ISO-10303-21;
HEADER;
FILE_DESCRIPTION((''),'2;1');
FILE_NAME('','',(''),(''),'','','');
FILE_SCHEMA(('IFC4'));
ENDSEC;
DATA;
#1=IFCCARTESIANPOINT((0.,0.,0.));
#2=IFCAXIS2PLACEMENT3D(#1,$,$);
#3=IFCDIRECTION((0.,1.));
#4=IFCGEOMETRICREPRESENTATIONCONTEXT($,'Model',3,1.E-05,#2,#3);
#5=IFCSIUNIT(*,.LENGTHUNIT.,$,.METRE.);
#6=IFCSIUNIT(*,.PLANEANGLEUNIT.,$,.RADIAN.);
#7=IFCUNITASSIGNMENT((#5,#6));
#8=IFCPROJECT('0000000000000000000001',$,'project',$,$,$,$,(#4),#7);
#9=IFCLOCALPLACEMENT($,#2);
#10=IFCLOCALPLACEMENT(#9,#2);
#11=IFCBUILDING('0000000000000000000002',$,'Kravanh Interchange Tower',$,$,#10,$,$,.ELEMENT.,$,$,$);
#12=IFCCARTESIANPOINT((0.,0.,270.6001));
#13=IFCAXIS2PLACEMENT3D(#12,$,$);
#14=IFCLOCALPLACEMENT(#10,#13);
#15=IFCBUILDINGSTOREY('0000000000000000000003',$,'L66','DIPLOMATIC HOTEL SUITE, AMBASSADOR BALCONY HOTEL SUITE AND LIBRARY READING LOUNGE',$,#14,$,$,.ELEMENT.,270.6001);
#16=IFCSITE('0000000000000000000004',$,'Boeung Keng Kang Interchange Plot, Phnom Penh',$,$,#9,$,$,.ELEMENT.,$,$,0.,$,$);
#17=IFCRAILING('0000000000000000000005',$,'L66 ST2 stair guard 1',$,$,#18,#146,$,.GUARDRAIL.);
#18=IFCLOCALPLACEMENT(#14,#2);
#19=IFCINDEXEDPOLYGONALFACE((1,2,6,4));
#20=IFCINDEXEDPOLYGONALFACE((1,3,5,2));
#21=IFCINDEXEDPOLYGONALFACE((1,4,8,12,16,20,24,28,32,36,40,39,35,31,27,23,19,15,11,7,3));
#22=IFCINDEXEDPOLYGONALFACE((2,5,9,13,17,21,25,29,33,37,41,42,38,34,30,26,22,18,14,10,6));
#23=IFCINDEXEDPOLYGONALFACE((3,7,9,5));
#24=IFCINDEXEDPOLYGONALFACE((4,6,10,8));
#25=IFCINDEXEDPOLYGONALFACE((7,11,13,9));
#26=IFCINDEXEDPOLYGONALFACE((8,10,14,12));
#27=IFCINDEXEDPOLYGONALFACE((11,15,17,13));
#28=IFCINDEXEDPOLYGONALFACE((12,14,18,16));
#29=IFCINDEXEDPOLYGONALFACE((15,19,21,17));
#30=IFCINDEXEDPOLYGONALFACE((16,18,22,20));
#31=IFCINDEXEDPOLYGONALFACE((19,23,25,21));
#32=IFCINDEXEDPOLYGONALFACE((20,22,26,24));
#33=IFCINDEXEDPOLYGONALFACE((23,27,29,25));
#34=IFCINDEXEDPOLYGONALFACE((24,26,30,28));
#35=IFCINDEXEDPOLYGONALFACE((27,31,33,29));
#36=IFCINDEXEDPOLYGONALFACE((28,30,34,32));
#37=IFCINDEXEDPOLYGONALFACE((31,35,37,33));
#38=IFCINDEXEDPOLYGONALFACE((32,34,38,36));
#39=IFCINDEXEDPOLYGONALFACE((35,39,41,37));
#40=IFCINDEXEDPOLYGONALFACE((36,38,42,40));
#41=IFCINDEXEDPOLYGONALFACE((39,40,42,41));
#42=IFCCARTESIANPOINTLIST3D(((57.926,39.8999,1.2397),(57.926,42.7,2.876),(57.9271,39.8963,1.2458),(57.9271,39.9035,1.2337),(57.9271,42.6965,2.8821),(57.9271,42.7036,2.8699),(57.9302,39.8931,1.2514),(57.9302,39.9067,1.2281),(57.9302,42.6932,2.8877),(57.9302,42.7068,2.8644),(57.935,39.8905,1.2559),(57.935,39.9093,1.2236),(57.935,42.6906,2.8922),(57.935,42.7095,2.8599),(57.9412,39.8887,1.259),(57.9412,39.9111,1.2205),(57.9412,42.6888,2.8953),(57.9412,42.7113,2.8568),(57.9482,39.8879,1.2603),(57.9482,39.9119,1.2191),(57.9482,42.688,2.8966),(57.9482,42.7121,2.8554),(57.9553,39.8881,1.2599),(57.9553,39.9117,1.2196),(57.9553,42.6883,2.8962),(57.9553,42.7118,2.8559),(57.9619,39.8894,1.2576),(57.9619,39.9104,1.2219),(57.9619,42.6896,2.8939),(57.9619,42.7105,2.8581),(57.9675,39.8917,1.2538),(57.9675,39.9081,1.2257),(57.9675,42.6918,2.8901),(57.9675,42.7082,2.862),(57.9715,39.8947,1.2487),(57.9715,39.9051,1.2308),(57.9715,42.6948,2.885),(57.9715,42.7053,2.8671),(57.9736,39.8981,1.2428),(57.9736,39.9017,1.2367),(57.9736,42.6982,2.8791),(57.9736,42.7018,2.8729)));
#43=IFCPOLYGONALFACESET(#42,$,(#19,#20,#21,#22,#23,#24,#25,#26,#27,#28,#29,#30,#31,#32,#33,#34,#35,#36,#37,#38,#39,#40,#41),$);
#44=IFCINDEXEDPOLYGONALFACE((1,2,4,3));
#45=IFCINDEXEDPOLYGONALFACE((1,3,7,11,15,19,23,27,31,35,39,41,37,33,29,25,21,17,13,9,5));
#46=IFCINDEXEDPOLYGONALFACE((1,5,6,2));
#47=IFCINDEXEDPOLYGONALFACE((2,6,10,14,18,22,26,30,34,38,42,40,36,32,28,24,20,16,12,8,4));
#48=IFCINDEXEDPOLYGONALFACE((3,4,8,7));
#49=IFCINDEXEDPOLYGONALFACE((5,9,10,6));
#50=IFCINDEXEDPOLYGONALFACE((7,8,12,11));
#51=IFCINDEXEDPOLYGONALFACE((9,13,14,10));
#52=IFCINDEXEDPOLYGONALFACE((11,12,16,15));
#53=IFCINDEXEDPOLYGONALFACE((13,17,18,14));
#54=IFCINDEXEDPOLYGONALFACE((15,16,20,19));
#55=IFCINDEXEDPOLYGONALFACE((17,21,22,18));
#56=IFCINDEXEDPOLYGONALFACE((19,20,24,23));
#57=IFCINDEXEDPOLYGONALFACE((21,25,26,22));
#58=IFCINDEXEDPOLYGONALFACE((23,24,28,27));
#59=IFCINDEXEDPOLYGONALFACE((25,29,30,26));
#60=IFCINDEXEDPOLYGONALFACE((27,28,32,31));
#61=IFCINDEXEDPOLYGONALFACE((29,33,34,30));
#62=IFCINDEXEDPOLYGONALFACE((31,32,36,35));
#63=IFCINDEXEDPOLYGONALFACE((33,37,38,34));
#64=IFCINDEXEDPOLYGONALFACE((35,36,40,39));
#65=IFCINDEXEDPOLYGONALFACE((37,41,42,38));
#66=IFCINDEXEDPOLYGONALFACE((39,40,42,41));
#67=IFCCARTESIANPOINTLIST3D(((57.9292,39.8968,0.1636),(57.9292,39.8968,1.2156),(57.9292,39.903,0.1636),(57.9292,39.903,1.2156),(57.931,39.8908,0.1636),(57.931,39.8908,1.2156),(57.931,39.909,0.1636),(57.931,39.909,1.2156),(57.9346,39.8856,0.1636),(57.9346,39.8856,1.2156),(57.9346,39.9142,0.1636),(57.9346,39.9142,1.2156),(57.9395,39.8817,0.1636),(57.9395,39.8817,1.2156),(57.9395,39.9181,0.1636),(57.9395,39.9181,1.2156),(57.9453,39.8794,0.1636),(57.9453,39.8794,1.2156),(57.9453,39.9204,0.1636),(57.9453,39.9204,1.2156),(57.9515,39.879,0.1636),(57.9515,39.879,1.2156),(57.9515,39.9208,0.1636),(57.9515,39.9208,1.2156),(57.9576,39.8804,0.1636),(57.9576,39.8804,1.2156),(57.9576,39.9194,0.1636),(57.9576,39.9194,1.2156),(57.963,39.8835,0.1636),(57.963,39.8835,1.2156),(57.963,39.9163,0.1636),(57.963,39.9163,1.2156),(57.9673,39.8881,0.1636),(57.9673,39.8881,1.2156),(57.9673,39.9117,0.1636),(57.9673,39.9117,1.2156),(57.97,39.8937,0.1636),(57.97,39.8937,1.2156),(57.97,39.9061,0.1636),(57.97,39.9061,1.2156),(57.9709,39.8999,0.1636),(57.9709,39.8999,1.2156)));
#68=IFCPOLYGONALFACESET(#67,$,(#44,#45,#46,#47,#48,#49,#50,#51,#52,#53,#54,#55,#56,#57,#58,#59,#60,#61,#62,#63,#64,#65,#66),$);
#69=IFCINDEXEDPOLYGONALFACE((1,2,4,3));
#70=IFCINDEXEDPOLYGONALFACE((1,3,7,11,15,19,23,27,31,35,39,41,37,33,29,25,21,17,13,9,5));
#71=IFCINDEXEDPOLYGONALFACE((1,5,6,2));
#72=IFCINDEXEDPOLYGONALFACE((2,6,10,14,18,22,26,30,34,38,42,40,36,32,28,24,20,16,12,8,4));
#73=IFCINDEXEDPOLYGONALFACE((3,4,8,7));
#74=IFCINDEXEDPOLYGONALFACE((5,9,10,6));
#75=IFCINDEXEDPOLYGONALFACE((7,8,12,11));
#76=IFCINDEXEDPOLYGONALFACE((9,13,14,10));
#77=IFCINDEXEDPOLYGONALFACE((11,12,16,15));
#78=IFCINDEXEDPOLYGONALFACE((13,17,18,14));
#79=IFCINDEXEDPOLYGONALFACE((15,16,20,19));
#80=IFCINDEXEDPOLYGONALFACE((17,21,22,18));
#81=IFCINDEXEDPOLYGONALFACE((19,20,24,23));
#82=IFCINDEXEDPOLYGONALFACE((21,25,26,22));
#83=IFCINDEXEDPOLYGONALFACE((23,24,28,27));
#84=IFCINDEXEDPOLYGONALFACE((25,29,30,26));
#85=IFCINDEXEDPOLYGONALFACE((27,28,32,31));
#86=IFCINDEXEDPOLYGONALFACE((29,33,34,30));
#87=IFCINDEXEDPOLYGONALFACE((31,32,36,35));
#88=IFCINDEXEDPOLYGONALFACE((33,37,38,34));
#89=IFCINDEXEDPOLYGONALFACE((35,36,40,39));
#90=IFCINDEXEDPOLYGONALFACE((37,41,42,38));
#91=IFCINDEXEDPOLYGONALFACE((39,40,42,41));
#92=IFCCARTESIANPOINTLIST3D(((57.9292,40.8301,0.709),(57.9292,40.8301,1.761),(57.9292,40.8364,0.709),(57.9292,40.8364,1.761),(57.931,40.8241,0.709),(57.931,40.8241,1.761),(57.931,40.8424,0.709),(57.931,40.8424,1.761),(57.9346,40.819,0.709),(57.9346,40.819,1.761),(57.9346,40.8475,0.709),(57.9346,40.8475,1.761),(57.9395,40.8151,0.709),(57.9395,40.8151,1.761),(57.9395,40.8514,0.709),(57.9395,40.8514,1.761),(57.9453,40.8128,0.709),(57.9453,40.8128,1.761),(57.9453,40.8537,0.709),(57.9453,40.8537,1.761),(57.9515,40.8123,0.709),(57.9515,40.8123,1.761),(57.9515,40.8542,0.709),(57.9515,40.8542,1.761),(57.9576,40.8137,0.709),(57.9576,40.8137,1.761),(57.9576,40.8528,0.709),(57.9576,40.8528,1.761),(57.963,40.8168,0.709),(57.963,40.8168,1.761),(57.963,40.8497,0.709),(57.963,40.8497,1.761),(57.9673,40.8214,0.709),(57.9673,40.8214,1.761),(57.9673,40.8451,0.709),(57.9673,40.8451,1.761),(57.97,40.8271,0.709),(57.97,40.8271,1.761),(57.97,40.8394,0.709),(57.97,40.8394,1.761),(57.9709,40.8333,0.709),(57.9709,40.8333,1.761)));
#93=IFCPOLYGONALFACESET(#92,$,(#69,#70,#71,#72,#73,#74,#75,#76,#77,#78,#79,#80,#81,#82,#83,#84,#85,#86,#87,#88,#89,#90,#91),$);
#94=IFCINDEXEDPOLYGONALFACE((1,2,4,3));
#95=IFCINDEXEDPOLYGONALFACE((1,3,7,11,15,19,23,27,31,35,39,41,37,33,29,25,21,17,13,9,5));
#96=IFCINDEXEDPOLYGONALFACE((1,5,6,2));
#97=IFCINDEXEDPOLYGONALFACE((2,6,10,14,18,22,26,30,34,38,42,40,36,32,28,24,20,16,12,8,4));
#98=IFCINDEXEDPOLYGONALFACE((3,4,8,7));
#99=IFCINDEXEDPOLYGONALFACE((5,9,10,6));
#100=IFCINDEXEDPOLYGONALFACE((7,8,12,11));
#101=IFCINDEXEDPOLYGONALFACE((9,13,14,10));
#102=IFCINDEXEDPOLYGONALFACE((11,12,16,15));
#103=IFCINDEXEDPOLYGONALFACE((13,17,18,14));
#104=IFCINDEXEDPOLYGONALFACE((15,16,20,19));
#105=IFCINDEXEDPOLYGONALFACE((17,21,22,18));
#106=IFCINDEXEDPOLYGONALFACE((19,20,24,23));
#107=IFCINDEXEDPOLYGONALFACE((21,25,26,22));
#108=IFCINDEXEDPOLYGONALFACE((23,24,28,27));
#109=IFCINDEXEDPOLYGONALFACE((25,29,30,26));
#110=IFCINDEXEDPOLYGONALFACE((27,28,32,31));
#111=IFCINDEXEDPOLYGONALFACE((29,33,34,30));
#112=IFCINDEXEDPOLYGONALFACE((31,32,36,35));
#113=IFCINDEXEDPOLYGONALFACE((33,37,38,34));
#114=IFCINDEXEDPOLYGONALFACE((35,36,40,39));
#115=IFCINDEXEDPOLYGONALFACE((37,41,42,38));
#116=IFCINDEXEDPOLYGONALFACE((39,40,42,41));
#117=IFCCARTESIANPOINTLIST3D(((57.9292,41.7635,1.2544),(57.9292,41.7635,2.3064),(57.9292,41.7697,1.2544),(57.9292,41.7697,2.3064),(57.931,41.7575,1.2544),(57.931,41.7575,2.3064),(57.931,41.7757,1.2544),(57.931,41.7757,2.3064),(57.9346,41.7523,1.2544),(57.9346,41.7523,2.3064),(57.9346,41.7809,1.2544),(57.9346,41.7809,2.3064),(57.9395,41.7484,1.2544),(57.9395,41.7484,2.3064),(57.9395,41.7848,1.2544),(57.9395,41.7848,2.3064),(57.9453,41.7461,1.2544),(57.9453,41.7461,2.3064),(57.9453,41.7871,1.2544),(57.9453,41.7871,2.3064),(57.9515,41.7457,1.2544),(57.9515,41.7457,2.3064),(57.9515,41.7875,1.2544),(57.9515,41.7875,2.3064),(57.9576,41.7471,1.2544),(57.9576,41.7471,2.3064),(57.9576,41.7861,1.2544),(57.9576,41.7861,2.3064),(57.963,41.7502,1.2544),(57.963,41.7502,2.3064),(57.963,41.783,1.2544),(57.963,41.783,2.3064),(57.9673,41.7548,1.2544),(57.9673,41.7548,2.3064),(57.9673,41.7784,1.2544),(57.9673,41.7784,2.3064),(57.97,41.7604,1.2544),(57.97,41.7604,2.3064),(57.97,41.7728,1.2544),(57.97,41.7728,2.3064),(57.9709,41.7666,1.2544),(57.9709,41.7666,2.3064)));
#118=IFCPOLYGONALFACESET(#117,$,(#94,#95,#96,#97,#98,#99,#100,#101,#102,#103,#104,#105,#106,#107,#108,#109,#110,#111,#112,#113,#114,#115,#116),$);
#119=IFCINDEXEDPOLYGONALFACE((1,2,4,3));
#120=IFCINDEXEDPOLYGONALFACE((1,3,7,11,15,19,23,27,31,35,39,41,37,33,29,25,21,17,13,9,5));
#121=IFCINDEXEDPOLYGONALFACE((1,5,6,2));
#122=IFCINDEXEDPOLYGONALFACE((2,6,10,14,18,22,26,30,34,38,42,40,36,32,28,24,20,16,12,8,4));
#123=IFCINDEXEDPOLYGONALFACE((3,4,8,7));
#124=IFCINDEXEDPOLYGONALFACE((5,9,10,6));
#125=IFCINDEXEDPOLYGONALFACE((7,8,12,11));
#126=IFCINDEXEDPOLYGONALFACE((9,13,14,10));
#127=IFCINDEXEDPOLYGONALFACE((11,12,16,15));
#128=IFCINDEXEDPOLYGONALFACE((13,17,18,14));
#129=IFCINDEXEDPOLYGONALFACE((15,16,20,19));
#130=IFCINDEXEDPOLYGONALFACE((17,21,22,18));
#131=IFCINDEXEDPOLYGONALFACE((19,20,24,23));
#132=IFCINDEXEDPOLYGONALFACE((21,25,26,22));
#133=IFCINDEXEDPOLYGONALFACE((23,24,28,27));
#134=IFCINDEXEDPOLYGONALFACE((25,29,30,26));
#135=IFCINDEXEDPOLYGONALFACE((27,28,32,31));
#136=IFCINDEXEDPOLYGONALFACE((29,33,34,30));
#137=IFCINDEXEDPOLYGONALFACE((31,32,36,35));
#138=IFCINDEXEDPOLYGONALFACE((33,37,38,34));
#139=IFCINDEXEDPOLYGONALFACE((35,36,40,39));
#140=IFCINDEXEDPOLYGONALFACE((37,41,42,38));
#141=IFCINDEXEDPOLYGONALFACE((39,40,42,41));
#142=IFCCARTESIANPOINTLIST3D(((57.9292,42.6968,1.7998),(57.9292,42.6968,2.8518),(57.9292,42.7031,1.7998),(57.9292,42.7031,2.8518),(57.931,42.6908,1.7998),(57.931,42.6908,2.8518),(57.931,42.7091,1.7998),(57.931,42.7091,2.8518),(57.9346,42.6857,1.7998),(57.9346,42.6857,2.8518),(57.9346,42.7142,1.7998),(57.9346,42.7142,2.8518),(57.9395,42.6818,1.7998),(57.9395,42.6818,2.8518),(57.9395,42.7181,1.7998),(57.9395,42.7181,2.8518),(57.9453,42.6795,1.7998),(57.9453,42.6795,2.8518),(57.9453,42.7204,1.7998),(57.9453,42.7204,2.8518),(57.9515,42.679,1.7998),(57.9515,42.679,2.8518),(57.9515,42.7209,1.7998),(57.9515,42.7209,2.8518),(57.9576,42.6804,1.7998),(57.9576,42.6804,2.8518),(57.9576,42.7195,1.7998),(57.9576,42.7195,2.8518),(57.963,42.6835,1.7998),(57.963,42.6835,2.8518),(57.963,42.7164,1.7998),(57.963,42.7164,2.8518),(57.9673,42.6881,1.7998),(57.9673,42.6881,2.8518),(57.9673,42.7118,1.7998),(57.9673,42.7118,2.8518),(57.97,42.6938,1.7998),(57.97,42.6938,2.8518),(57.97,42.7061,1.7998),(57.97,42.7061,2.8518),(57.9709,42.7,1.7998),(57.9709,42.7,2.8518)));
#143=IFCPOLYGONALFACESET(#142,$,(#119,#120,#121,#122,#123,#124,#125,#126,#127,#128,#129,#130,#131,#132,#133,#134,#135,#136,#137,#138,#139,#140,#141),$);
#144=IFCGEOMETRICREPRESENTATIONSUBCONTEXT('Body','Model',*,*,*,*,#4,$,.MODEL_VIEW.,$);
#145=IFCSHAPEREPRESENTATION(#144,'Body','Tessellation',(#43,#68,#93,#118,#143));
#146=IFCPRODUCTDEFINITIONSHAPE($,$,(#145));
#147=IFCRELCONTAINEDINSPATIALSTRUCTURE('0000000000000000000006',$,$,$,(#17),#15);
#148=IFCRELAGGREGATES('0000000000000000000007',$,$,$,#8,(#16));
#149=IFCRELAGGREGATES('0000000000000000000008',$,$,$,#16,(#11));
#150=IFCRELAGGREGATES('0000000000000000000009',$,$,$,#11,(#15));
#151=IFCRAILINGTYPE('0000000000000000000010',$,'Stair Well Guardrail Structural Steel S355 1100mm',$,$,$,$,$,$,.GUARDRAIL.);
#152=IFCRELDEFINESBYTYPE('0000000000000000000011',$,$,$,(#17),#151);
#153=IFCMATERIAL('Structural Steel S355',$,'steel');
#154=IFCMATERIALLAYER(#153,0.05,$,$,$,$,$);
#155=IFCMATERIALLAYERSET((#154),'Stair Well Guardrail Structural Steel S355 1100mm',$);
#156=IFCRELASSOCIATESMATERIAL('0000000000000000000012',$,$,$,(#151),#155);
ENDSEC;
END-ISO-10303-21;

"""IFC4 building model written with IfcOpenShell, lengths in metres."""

from ifc_helpers import new_model, si_unit, direction, frame, origin, origin_2d, place, context, subcontext, project, spatial, circle, extrude, material, layer, layer_set, type_object, element, save


model = new_model("IFC4")

# Units and contexts
model_context = context("Model", 3, precision=1e-05, world=origin(), true_north=direction((0.0, 1.0)))
body_context = subcontext(model_context, "Body", "Model", "MODEL_VIEW")
ifc_project = project(units=[si_unit("LENGTHUNIT", "METRE"), si_unit("PLANEANGLEUNIT", "RADIAN")], contexts=[model_context])

# Site, building, storey
site_placement = place(None, origin())
site = spatial("IfcSite", under=ifc_project, at=site_placement, Name="Boeung Keng Kang Interchange Plot, Phnom Penh", CompositionType="ELEMENT", RefElevation=0.0)
building_placement = place(site_placement, origin())
building = spatial("IfcBuilding", under=site, at=building_placement, Name="Kravanh Interchange Tower", CompositionType="ELEMENT")
storey_placement = place(building_placement, frame((0.0, 0.0, 270.6001)))
storey = spatial("IfcBuildingStorey", under=building, at=storey_placement, Name="L66", Description="DIPLOMATIC HOTEL SUITE, AMBASSADOR BALCONY HOTEL SUITE AND LIBRARY READING LOUNGE", CompositionType="ELEMENT", Elevation=270.6001)

# Railing
ifc_material_1 = material(Name="Structural Steel S355", Category="steel")
ifc_layer_1 = layer(ifc_material_1, 0.05)
ifc_layer_set_1 = layer_set([ifc_layer_1], Name="Stair Well Guardrail Structural Steel S355 1100mm")
railing_type_1 = type_object("IfcRailingType", Name="Stair Well Guardrail Structural Steel S355 1100mm", PredefinedType="GUARDRAIL", material=ifc_layer_set_1)
railing_1_placement = place(storey_placement, frame((57.95, 39.8999, 0.1636)))
element("IfcRailing", 1, at=railing_1_placement, inside=storey, type_object=railing_type_1, Name="L66 ST2 stair guard 1", PredefinedType="GUARDRAIL", context=body_context, shape_type="SweptSolid", body=[
    extrude(circle(Radius=0.0239, at=origin_2d()), frame((0.0, 0.0, 1.0762), z_axis=(0.0, 0.863394, 0.504531), x_axis=(-1.0, 0.0, 0.0)), (0.0, 0.0, 1.0), 3.2432),
    extrude(circle(Radius=0.021, at=origin_2d()), origin(), (0.0, 0.0, 1.0), 1.052),
    extrude(circle(Radius=0.021, at=origin_2d()), frame((0.0, 0.9333, 0.5454)), (0.0, 0.0, 1.0), 1.052),
    extrude(circle(Radius=0.021, at=origin_2d()), frame((0.0, 1.8667, 1.0908)), (0.0, 0.0, 1.0), 1.052),
    extrude(circle(Radius=0.021, at=origin_2d()), frame((0.0, 2.8, 1.6362)), (0.0, 0.0, 1.0), 1.052),
])

save(model, "model.ifc")
